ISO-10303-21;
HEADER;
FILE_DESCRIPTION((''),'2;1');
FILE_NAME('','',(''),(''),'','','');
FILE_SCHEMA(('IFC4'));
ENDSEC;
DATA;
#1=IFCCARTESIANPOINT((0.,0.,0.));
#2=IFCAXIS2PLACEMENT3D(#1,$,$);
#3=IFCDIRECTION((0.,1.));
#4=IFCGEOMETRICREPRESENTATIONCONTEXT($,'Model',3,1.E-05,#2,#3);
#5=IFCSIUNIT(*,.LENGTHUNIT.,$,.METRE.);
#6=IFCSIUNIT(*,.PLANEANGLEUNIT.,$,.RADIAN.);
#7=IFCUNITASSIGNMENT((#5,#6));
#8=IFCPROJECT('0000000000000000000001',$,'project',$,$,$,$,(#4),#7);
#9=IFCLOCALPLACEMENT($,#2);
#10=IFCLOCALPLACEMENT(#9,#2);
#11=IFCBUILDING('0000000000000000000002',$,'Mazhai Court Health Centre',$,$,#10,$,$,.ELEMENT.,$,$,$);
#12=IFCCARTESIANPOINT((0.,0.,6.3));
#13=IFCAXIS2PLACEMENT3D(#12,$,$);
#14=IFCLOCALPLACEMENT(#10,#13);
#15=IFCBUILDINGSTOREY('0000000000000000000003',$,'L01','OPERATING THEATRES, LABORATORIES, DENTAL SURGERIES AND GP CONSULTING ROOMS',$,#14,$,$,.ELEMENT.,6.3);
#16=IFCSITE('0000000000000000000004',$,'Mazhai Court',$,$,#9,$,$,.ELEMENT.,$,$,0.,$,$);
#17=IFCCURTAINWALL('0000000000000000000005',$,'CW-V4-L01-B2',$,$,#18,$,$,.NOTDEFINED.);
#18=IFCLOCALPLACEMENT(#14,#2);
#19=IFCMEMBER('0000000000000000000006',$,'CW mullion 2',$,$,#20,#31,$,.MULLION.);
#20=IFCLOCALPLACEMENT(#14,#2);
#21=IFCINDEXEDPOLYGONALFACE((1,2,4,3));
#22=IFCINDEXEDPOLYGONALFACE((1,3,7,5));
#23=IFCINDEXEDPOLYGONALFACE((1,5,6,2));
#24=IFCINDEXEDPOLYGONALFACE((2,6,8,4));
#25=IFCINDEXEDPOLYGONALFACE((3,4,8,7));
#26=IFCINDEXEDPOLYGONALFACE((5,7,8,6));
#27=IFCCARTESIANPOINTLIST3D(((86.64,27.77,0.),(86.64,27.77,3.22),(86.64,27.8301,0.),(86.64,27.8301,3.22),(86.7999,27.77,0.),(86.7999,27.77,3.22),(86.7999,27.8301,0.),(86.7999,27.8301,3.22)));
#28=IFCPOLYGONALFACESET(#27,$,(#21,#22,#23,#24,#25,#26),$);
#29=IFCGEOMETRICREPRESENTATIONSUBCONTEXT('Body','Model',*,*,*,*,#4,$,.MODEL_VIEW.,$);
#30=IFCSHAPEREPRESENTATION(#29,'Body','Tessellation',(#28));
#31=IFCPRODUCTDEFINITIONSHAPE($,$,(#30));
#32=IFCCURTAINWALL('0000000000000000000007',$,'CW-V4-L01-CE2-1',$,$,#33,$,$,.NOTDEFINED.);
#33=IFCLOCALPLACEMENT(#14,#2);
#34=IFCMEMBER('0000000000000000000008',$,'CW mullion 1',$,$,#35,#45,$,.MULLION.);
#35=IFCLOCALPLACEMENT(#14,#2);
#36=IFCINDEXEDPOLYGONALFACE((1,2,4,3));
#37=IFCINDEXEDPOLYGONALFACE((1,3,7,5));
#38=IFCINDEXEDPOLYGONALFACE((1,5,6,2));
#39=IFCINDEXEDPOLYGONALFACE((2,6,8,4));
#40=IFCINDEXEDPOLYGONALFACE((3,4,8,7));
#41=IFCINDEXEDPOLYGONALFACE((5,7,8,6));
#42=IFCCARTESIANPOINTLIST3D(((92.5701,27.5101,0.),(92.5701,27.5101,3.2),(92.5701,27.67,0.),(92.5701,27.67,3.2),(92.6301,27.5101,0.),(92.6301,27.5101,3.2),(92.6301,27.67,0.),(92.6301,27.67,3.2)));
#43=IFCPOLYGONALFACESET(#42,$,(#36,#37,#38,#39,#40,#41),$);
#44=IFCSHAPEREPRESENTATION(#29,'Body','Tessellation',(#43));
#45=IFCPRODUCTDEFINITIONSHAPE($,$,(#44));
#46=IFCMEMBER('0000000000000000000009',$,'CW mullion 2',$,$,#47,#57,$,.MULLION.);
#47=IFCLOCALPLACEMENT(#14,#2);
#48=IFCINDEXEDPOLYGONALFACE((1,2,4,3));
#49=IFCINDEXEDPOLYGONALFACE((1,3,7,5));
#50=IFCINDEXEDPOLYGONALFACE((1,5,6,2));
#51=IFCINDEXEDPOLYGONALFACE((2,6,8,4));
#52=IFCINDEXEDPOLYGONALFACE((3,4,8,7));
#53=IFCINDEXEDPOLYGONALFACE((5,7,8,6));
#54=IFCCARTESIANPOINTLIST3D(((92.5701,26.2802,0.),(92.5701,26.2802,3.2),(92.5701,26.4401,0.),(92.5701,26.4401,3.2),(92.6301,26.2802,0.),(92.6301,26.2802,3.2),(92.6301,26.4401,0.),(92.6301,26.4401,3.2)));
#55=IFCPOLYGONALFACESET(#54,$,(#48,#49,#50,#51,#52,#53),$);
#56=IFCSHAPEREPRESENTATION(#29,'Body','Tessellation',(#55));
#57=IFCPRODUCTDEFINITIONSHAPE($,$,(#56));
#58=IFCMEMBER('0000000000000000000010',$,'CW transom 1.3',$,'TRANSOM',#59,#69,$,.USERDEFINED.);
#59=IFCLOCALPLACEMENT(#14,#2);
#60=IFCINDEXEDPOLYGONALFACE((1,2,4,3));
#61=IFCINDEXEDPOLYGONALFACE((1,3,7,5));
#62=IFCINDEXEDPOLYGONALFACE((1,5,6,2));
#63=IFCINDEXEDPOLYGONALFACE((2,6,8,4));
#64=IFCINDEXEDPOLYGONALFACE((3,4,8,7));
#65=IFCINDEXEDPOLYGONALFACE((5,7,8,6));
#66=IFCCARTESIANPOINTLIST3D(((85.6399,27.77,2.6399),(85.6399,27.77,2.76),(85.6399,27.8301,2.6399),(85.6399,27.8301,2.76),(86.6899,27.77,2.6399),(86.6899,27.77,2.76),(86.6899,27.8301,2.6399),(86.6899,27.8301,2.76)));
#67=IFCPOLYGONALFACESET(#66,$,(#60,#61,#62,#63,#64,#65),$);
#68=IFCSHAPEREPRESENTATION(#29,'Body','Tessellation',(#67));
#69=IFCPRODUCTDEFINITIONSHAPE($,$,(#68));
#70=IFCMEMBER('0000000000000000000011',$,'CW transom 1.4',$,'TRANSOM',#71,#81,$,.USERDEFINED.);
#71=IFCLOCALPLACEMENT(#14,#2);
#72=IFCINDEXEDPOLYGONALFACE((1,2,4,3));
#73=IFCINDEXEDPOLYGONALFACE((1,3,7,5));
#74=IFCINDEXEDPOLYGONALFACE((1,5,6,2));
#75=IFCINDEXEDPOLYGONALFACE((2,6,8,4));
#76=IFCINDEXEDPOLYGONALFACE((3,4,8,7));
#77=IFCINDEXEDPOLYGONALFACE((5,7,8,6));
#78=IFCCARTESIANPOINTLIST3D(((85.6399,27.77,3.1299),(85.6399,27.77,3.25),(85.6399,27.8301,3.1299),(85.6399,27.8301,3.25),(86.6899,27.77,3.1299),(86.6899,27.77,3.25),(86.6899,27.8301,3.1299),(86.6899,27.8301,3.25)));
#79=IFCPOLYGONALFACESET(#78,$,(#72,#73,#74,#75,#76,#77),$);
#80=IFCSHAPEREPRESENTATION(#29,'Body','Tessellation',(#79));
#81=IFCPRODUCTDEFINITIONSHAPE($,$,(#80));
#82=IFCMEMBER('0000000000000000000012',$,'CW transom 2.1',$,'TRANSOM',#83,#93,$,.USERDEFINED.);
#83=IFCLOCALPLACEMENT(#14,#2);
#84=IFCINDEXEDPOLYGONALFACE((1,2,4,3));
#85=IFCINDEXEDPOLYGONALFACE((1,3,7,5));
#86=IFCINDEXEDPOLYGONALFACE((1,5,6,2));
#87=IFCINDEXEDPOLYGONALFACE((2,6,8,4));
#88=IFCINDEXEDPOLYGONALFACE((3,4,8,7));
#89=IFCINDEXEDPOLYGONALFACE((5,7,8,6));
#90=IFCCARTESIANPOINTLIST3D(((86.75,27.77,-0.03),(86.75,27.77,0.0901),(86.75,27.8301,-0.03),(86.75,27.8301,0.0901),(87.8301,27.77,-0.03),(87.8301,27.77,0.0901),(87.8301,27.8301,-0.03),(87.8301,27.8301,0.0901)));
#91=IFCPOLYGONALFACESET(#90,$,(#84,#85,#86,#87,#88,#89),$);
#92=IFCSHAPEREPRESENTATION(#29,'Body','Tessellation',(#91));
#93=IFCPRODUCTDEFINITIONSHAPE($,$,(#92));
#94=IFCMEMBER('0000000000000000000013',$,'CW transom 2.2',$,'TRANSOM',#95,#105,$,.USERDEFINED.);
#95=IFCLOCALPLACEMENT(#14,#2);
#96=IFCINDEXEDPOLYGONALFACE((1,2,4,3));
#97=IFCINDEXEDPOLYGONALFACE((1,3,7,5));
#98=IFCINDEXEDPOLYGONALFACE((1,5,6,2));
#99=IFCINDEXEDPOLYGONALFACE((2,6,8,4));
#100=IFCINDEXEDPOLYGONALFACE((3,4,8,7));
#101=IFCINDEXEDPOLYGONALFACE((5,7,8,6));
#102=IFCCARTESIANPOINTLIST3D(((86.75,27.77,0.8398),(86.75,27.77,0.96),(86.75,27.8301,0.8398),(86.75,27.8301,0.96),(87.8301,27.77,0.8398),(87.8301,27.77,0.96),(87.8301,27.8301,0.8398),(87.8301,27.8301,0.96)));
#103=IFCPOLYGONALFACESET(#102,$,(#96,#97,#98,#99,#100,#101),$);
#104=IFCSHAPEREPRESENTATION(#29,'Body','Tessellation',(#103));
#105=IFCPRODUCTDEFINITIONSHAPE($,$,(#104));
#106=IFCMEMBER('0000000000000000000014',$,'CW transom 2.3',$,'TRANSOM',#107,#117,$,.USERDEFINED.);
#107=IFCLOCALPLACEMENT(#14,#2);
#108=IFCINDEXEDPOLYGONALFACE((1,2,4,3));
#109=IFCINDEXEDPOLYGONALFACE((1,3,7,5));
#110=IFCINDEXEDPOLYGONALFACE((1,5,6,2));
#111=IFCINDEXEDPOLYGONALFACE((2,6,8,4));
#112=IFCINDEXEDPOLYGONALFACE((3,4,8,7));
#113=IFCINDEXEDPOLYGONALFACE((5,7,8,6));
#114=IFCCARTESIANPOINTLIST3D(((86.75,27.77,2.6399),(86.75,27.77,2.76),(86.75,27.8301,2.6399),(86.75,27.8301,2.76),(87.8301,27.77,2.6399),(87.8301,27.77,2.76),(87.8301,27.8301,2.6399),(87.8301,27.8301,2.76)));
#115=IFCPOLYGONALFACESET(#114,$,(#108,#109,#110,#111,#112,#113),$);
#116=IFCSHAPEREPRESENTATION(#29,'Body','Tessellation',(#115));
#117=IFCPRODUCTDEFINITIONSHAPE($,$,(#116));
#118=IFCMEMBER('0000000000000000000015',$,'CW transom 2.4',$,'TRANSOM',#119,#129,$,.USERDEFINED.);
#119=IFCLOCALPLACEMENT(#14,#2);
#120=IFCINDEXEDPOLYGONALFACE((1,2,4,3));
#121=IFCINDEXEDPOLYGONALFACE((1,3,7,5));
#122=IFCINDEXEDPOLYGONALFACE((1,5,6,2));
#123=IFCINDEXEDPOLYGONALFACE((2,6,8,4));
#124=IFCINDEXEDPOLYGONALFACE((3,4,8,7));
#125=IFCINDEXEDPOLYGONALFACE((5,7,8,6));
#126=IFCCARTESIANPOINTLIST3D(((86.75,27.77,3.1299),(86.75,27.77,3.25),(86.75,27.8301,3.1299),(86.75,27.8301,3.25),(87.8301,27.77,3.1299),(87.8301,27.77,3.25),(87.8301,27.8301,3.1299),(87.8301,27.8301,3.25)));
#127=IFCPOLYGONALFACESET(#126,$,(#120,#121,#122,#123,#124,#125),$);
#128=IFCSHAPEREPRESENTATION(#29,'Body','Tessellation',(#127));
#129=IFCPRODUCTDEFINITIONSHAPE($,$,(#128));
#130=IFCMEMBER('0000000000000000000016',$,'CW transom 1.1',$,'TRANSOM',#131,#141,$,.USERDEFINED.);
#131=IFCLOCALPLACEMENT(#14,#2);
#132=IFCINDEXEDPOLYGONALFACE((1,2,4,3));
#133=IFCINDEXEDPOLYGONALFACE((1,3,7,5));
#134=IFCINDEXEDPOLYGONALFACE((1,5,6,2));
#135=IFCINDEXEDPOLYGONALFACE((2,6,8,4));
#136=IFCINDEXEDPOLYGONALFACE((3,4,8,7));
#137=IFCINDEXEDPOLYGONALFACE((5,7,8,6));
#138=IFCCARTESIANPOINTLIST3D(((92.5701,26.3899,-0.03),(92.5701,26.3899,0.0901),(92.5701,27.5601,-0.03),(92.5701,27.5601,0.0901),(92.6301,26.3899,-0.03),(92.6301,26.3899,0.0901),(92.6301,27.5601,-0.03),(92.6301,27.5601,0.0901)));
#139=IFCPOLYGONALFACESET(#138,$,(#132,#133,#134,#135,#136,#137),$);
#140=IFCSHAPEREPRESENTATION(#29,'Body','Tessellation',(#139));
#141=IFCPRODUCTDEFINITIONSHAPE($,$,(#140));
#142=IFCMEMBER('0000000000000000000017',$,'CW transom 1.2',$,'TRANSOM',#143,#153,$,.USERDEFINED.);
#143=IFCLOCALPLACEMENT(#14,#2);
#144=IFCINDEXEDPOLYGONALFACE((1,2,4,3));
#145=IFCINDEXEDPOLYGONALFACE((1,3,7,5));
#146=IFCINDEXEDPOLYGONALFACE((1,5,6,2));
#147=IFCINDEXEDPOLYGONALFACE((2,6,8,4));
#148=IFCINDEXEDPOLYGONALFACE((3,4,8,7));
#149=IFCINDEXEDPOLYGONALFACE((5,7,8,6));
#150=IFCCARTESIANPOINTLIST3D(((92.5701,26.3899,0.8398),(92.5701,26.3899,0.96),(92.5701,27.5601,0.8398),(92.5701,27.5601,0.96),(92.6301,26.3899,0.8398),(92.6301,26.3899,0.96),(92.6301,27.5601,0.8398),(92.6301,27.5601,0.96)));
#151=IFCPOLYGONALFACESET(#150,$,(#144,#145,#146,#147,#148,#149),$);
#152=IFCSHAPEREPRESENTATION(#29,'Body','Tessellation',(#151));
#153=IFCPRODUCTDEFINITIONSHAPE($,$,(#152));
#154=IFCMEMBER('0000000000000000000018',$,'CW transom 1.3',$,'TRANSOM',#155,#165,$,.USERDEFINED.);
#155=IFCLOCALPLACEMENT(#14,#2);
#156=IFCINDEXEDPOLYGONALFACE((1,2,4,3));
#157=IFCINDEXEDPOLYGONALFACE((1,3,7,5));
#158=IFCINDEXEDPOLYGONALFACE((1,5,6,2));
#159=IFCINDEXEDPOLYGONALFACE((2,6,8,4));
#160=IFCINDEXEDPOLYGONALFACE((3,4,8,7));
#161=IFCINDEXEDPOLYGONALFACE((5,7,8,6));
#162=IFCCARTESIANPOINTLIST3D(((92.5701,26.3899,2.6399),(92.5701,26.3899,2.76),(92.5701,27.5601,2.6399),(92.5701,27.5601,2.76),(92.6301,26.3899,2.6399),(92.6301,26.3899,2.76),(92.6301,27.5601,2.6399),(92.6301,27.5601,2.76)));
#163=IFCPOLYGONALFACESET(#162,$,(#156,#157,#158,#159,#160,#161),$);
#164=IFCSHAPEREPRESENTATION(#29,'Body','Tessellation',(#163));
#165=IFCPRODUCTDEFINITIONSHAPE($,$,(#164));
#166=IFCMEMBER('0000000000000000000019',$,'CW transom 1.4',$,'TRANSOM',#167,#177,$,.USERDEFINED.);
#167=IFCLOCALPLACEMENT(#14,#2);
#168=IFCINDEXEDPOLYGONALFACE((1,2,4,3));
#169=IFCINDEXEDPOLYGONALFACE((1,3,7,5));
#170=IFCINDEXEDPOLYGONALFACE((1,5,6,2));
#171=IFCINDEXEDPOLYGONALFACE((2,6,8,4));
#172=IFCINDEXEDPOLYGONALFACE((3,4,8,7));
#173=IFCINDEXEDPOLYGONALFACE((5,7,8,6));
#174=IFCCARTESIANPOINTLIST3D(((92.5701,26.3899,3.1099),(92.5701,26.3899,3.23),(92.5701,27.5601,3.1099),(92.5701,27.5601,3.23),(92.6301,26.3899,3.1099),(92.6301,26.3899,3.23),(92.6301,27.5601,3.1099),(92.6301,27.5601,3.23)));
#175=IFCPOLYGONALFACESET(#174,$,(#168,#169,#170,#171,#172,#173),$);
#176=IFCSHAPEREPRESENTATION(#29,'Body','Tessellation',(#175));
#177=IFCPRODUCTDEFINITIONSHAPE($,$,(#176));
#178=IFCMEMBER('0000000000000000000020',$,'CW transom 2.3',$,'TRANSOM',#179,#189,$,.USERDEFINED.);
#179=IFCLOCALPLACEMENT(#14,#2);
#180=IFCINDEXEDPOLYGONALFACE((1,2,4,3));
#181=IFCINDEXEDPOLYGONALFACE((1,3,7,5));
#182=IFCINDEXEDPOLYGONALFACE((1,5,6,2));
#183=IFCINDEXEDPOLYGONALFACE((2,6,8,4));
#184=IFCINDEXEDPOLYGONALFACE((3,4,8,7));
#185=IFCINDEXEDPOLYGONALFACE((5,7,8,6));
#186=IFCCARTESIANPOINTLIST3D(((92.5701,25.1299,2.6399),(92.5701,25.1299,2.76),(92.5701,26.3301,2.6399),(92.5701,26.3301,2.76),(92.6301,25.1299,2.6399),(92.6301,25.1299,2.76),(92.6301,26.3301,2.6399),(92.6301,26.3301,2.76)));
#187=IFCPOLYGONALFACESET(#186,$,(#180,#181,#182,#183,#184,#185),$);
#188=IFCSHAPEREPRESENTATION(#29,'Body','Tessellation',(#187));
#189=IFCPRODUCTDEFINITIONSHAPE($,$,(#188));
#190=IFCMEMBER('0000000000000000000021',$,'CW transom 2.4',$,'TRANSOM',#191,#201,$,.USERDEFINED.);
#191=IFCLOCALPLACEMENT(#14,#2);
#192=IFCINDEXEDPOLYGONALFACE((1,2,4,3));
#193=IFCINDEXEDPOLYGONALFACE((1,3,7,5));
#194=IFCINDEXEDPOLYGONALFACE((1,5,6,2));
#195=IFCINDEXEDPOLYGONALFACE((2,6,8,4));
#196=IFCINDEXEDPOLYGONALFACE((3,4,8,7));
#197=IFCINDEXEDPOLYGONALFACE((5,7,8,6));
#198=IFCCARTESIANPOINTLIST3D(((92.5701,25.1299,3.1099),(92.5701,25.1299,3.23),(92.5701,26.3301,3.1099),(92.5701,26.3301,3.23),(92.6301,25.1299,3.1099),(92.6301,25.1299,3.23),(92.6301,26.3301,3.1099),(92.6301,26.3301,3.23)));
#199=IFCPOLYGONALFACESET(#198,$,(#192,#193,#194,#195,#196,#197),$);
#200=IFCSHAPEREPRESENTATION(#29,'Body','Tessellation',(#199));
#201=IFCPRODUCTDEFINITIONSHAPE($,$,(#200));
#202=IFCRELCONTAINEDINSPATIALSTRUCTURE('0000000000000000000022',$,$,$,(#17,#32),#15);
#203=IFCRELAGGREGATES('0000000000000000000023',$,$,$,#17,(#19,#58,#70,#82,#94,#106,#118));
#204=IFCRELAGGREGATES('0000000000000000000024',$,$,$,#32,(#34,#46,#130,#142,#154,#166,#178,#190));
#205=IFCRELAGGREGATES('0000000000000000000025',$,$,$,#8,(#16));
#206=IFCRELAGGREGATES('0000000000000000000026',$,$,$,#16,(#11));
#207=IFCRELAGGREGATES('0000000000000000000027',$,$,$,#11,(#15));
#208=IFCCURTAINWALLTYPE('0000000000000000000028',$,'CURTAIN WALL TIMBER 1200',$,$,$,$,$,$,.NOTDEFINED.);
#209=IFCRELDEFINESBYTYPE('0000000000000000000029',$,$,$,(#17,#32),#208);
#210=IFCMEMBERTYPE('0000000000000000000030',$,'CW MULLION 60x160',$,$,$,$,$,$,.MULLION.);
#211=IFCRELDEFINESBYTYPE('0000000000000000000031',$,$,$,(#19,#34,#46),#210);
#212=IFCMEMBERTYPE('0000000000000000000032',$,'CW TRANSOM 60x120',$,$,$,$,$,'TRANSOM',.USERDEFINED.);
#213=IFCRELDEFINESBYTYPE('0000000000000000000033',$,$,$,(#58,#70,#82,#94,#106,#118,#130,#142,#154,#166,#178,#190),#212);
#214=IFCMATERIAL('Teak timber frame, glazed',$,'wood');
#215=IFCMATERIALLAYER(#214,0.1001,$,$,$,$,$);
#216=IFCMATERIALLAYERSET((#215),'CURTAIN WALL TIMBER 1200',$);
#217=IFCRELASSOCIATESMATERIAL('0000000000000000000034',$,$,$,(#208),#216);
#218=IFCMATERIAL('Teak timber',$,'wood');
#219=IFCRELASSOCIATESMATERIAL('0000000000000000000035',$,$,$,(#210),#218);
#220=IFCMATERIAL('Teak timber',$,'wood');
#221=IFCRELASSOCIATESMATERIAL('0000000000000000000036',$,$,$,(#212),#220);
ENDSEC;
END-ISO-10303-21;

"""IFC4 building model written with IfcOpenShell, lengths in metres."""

from ifc_helpers import new_model, si_unit, direction, frame, origin, origin_2d, place, context, subcontext, project, spatial, rectangle, extrude, material, layer, layer_set, material_profile, profile_set, type_object, element, aggregate, save


model = new_model("IFC4")

# Units and contexts
model_context = context("Model", 3, precision=1e-05, world=origin(), true_north=direction((0.0, 1.0)))
body_context = subcontext(model_context, "Body", "Model", "MODEL_VIEW")
ifc_project = project(units=[si_unit("LENGTHUNIT", "METRE"), si_unit("PLANEANGLEUNIT", "RADIAN")], contexts=[model_context])

# Site, building, storey
site_placement = place(None, origin())
site = spatial("IfcSite", under=ifc_project, at=site_placement, Name="Mazhai Court", CompositionType="ELEMENT", RefElevation=0.0)
building_placement = place(site_placement, origin())
building = spatial("IfcBuilding", under=site, at=building_placement, Name="Mazhai Court Health Centre", CompositionType="ELEMENT")
storey_placement = place(building_placement, frame((0.0, 0.0, 6.3)))
storey = spatial("IfcBuildingStorey", under=building, at=storey_placement, Name="L01", Description="OPERATING THEATRES, LABORATORIES, DENTAL SURGERIES AND GP CONSULTING ROOMS", CompositionType="ELEMENT", Elevation=6.3)

# Curtain wall, member
ifc_material_1 = material(Name="Teak timber frame, glazed", Category="wood")
ifc_layer_1 = layer(ifc_material_1, 0.1001)
ifc_layer_set_1 = layer_set([ifc_layer_1], Name="CURTAIN WALL TIMBER 1200")
curtain_wall_type = type_object("IfcCurtainWallType", Name="CURTAIN WALL TIMBER 1200", PredefinedType="NOTDEFINED", material=ifc_layer_set_1)
curtain_wall_1_placement = place(storey_placement, origin())
curtain_wall_1 = element("IfcCurtainWall", 1, at=curtain_wall_1_placement, inside=storey, type_object=curtain_wall_type, Name="CW-V4-L01-B2", PredefinedType="NOTDEFINED")
ifc_material_2 = material(Name="Teak timber", Category="wood")
ifc_material_profile_1 = material_profile(ifc_material_2, rectangle(XDim=0.0601, YDim=0.1599, at=origin_2d()), Name="CW MULLION 60x160")
ifc_profile_set_1 = profile_set([ifc_material_profile_1], Name="Teak timber")
member_type_1 = type_object("IfcMemberType", Name="CW MULLION 60x160", PredefinedType="MULLION", material=ifc_profile_set_1)
member_1_placement = place(storey_placement, frame((86.72, 27.8, 0.0), z_axis=(0.0, 0.0, 1.0), x_axis=(0.0, 1.0, 0.0)))
member_1 = element("IfcMember", 2, at=member_1_placement, type_object=member_type_1, Name="CW mullion 2", PredefinedType="MULLION", context=body_context, shape_type="SweptSolid", body=[
    extrude(rectangle(XDim=0.0601, YDim=0.1599, at=origin_2d()), origin(), (0.0, 0.0, 1.0), 3.22),
])

# Curtain wall, members
curtain_wall_2_placement = place(storey_placement, origin())
curtain_wall_2 = element("IfcCurtainWall", 3, at=curtain_wall_2_placement, inside=storey, type_object=curtain_wall_type, Name="CW-V4-L01-CE2-1", PredefinedType="NOTDEFINED")
member_2_placement = place(storey_placement, frame((92.6001, 27.5901, 0.0), z_axis=(0.0, 0.0, 1.0), x_axis=(1.0, 0.0, 0.0)))
member_2 = element("IfcMember", 4, at=member_2_placement, type_object=member_type_1, Name="CW mullion 1", PredefinedType="MULLION", context=body_context, shape_type="SweptSolid", body=[
    extrude(rectangle(XDim=0.0601, YDim=0.1599, at=origin_2d()), origin(), (0.0, 0.0, 1.0), 3.2),
])
member_3_placement = place(storey_placement, frame((92.6001, 26.3601, 0.0), z_axis=(0.0, 0.0, 1.0), x_axis=(1.0, 0.0, 0.0)))
member_3 = element("IfcMember", 5, at=member_3_placement, type_object=member_type_1, Name="CW mullion 2", PredefinedType="MULLION", context=body_context, shape_type="SweptSolid", body=[
    extrude(rectangle(XDim=0.0601, YDim=0.1599, at=origin_2d()), origin(), (0.0, 0.0, 1.0), 3.2),
])

# Members
ifc_material_3 = material(Name="Teak timber", Category="wood")
ifc_material_profile_2 = material_profile(ifc_material_3, rectangle(XDim=0.0601, YDim=0.1201, at=origin_2d()), Name="CW TRANSOM 60x120")
ifc_profile_set_2 = profile_set([ifc_material_profile_2], Name="Teak timber")
member_type_2 = type_object("IfcMemberType", Name="CW TRANSOM 60x120", ElementType="TRANSOM", PredefinedType="USERDEFINED", material=ifc_profile_set_2)
member_4_placement = place(storey_placement, frame((85.6399, 27.8, 2.7), z_axis=(1.0, 0.0, 0.0), x_axis=(0.0, 1.0, 0.0)))
member_4 = element("IfcMember", 6, at=member_4_placement, type_object=member_type_2, Name="CW transom 1.3", ObjectType="TRANSOM", PredefinedType="USERDEFINED", context=body_context, shape_type="SweptSolid", body=[
    extrude(rectangle(XDim=0.0601, YDim=0.1201, at=origin_2d()), origin(), (0.0, 0.0, 1.0), 1.05),
])
member_5_placement = place(storey_placement, frame((85.6399, 27.8, 3.1899), z_axis=(1.0, 0.0, 0.0), x_axis=(0.0, 1.0, 0.0)))
member_5 = element("IfcMember", 7, at=member_5_placement, type_object=member_type_2, Name="CW transom 1.4", ObjectType="TRANSOM", PredefinedType="USERDEFINED", context=body_context, shape_type="SweptSolid", body=[
    extrude(rectangle(XDim=0.0601, YDim=0.1201, at=origin_2d()), origin(), (0.0, 0.0, 1.0), 1.05),
])
member_6_placement = place(storey_placement, frame((86.75, 27.8, 0.03), z_axis=(1.0, 0.0, 0.0), x_axis=(0.0, 1.0, 0.0)))
member_6 = element("IfcMember", 8, at=member_6_placement, type_object=member_type_2, Name="CW transom 2.1", ObjectType="TRANSOM", PredefinedType="USERDEFINED", context=body_context, shape_type="SweptSolid", body=[
    extrude(rectangle(XDim=0.0601, YDim=0.1201, at=origin_2d()), origin(), (0.0, 0.0, 1.0), 1.0801),
])
member_7_placement = place(storey_placement, frame((86.75, 27.8, 0.8999), z_axis=(1.0, 0.0, 0.0), x_axis=(0.0, 1.0, 0.0)))
member_7 = element("IfcMember", 9, at=member_7_placement, type_object=member_type_2, Name="CW transom 2.2", ObjectType="TRANSOM", PredefinedType="USERDEFINED", context=body_context, shape_type="SweptSolid", body=[
    extrude(rectangle(XDim=0.0601, YDim=0.1201, at=origin_2d()), origin(), (0.0, 0.0, 1.0), 1.0801),
])
member_8_placement = place(storey_placement, frame((86.75, 27.8, 2.7), z_axis=(1.0, 0.0, 0.0), x_axis=(0.0, 1.0, 0.0)))
member_8 = element("IfcMember", 10, at=member_8_placement, type_object=member_type_2, Name="CW transom 2.3", ObjectType="TRANSOM", PredefinedType="USERDEFINED", context=body_context, shape_type="SweptSolid", body=[
    extrude(rectangle(XDim=0.0601, YDim=0.1201, at=origin_2d()), origin(), (0.0, 0.0, 1.0), 1.0801),
])
member_9_placement = place(storey_placement, frame((86.75, 27.8, 3.1899), z_axis=(1.0, 0.0, 0.0), x_axis=(0.0, 1.0, 0.0)))
member_9 = element("IfcMember", 11, at=member_9_placement, type_object=member_type_2, Name="CW transom 2.4", ObjectType="TRANSOM", PredefinedType="USERDEFINED", context=body_context, shape_type="SweptSolid", body=[
    extrude(rectangle(XDim=0.0601, YDim=0.1201, at=origin_2d()), origin(), (0.0, 0.0, 1.0), 1.0801),
])
member_10_placement = place(storey_placement, frame((92.6001, 27.5601, 0.03), z_axis=(0.0, -1.0, 0.0), x_axis=(1.0, 0.0, 0.0)))
member_10 = element("IfcMember", 12, at=member_10_placement, type_object=member_type_2, Name="CW transom 1.1", ObjectType="TRANSOM", PredefinedType="USERDEFINED", context=body_context, shape_type="SweptSolid", body=[
    extrude(rectangle(XDim=0.0601, YDim=0.1201, at=origin_2d()), origin(), (0.0, 0.0, 1.0), 1.1702),
])
member_11_placement = place(storey_placement, frame((92.6001, 27.5601, 0.8999), z_axis=(0.0, -1.0, 0.0), x_axis=(1.0, 0.0, 0.0)))
member_11 = element("IfcMember", 13, at=member_11_placement, type_object=member_type_2, Name="CW transom 1.2", ObjectType="TRANSOM", PredefinedType="USERDEFINED", context=body_context, shape_type="SweptSolid", body=[
    extrude(rectangle(XDim=0.0601, YDim=0.1201, at=origin_2d()), origin(), (0.0, 0.0, 1.0), 1.1702),
])
member_12_placement = place(storey_placement, frame((92.6001, 27.5601, 2.7), z_axis=(0.0, -1.0, 0.0), x_axis=(1.0, 0.0, 0.0)))
member_12 = element("IfcMember", 14, at=member_12_placement, type_object=member_type_2, Name="CW transom 1.3", ObjectType="TRANSOM", PredefinedType="USERDEFINED", context=body_context, shape_type="SweptSolid", body=[
    extrude(rectangle(XDim=0.0601, YDim=0.1201, at=origin_2d()), origin(), (0.0, 0.0, 1.0), 1.1702),
])
member_13_placement = place(storey_placement, frame((92.6001, 27.5601, 3.1699), z_axis=(0.0, -1.0, 0.0), x_axis=(1.0, 0.0, 0.0)))
member_13 = element("IfcMember", 15, at=member_13_placement, type_object=member_type_2, Name="CW transom 1.4", ObjectType="TRANSOM", PredefinedType="USERDEFINED", context=body_context, shape_type="SweptSolid", body=[
    extrude(rectangle(XDim=0.0601, YDim=0.1201, at=origin_2d()), origin(), (0.0, 0.0, 1.0), 1.1702),
])
member_14_placement = place(storey_placement, frame((92.6001, 26.3301, 2.7), z_axis=(0.0, -1.0, 0.0), x_axis=(1.0, 0.0, 0.0)))
member_14 = element("IfcMember", 16, at=member_14_placement, type_object=member_type_2, Name="CW transom 2.3", ObjectType="TRANSOM", PredefinedType="USERDEFINED", context=body_context, shape_type="SweptSolid", body=[
    extrude(rectangle(XDim=0.0601, YDim=0.1201, at=origin_2d()), origin(), (0.0, 0.0, 1.0), 1.2002),
])
member_15_placement = place(storey_placement, frame((92.6001, 26.3301, 3.1699), z_axis=(0.0, -1.0, 0.0), x_axis=(1.0, 0.0, 0.0)))
member_15 = element("IfcMember", 17, at=member_15_placement, type_object=member_type_2, Name="CW transom 2.4", ObjectType="TRANSOM", PredefinedType="USERDEFINED", context=body_context, shape_type="SweptSolid", body=[
    extrude(rectangle(XDim=0.0601, YDim=0.1201, at=origin_2d()), origin(), (0.0, 0.0, 1.0), 1.2002),
])

aggregate(curtain_wall_1, [member_1, member_4, member_5, member_6, member_7, member_8, member_9])
aggregate(curtain_wall_2, [member_2, member_3, member_10, member_11, member_12, member_13, member_14, member_15])

save(model, "model.ifc")
